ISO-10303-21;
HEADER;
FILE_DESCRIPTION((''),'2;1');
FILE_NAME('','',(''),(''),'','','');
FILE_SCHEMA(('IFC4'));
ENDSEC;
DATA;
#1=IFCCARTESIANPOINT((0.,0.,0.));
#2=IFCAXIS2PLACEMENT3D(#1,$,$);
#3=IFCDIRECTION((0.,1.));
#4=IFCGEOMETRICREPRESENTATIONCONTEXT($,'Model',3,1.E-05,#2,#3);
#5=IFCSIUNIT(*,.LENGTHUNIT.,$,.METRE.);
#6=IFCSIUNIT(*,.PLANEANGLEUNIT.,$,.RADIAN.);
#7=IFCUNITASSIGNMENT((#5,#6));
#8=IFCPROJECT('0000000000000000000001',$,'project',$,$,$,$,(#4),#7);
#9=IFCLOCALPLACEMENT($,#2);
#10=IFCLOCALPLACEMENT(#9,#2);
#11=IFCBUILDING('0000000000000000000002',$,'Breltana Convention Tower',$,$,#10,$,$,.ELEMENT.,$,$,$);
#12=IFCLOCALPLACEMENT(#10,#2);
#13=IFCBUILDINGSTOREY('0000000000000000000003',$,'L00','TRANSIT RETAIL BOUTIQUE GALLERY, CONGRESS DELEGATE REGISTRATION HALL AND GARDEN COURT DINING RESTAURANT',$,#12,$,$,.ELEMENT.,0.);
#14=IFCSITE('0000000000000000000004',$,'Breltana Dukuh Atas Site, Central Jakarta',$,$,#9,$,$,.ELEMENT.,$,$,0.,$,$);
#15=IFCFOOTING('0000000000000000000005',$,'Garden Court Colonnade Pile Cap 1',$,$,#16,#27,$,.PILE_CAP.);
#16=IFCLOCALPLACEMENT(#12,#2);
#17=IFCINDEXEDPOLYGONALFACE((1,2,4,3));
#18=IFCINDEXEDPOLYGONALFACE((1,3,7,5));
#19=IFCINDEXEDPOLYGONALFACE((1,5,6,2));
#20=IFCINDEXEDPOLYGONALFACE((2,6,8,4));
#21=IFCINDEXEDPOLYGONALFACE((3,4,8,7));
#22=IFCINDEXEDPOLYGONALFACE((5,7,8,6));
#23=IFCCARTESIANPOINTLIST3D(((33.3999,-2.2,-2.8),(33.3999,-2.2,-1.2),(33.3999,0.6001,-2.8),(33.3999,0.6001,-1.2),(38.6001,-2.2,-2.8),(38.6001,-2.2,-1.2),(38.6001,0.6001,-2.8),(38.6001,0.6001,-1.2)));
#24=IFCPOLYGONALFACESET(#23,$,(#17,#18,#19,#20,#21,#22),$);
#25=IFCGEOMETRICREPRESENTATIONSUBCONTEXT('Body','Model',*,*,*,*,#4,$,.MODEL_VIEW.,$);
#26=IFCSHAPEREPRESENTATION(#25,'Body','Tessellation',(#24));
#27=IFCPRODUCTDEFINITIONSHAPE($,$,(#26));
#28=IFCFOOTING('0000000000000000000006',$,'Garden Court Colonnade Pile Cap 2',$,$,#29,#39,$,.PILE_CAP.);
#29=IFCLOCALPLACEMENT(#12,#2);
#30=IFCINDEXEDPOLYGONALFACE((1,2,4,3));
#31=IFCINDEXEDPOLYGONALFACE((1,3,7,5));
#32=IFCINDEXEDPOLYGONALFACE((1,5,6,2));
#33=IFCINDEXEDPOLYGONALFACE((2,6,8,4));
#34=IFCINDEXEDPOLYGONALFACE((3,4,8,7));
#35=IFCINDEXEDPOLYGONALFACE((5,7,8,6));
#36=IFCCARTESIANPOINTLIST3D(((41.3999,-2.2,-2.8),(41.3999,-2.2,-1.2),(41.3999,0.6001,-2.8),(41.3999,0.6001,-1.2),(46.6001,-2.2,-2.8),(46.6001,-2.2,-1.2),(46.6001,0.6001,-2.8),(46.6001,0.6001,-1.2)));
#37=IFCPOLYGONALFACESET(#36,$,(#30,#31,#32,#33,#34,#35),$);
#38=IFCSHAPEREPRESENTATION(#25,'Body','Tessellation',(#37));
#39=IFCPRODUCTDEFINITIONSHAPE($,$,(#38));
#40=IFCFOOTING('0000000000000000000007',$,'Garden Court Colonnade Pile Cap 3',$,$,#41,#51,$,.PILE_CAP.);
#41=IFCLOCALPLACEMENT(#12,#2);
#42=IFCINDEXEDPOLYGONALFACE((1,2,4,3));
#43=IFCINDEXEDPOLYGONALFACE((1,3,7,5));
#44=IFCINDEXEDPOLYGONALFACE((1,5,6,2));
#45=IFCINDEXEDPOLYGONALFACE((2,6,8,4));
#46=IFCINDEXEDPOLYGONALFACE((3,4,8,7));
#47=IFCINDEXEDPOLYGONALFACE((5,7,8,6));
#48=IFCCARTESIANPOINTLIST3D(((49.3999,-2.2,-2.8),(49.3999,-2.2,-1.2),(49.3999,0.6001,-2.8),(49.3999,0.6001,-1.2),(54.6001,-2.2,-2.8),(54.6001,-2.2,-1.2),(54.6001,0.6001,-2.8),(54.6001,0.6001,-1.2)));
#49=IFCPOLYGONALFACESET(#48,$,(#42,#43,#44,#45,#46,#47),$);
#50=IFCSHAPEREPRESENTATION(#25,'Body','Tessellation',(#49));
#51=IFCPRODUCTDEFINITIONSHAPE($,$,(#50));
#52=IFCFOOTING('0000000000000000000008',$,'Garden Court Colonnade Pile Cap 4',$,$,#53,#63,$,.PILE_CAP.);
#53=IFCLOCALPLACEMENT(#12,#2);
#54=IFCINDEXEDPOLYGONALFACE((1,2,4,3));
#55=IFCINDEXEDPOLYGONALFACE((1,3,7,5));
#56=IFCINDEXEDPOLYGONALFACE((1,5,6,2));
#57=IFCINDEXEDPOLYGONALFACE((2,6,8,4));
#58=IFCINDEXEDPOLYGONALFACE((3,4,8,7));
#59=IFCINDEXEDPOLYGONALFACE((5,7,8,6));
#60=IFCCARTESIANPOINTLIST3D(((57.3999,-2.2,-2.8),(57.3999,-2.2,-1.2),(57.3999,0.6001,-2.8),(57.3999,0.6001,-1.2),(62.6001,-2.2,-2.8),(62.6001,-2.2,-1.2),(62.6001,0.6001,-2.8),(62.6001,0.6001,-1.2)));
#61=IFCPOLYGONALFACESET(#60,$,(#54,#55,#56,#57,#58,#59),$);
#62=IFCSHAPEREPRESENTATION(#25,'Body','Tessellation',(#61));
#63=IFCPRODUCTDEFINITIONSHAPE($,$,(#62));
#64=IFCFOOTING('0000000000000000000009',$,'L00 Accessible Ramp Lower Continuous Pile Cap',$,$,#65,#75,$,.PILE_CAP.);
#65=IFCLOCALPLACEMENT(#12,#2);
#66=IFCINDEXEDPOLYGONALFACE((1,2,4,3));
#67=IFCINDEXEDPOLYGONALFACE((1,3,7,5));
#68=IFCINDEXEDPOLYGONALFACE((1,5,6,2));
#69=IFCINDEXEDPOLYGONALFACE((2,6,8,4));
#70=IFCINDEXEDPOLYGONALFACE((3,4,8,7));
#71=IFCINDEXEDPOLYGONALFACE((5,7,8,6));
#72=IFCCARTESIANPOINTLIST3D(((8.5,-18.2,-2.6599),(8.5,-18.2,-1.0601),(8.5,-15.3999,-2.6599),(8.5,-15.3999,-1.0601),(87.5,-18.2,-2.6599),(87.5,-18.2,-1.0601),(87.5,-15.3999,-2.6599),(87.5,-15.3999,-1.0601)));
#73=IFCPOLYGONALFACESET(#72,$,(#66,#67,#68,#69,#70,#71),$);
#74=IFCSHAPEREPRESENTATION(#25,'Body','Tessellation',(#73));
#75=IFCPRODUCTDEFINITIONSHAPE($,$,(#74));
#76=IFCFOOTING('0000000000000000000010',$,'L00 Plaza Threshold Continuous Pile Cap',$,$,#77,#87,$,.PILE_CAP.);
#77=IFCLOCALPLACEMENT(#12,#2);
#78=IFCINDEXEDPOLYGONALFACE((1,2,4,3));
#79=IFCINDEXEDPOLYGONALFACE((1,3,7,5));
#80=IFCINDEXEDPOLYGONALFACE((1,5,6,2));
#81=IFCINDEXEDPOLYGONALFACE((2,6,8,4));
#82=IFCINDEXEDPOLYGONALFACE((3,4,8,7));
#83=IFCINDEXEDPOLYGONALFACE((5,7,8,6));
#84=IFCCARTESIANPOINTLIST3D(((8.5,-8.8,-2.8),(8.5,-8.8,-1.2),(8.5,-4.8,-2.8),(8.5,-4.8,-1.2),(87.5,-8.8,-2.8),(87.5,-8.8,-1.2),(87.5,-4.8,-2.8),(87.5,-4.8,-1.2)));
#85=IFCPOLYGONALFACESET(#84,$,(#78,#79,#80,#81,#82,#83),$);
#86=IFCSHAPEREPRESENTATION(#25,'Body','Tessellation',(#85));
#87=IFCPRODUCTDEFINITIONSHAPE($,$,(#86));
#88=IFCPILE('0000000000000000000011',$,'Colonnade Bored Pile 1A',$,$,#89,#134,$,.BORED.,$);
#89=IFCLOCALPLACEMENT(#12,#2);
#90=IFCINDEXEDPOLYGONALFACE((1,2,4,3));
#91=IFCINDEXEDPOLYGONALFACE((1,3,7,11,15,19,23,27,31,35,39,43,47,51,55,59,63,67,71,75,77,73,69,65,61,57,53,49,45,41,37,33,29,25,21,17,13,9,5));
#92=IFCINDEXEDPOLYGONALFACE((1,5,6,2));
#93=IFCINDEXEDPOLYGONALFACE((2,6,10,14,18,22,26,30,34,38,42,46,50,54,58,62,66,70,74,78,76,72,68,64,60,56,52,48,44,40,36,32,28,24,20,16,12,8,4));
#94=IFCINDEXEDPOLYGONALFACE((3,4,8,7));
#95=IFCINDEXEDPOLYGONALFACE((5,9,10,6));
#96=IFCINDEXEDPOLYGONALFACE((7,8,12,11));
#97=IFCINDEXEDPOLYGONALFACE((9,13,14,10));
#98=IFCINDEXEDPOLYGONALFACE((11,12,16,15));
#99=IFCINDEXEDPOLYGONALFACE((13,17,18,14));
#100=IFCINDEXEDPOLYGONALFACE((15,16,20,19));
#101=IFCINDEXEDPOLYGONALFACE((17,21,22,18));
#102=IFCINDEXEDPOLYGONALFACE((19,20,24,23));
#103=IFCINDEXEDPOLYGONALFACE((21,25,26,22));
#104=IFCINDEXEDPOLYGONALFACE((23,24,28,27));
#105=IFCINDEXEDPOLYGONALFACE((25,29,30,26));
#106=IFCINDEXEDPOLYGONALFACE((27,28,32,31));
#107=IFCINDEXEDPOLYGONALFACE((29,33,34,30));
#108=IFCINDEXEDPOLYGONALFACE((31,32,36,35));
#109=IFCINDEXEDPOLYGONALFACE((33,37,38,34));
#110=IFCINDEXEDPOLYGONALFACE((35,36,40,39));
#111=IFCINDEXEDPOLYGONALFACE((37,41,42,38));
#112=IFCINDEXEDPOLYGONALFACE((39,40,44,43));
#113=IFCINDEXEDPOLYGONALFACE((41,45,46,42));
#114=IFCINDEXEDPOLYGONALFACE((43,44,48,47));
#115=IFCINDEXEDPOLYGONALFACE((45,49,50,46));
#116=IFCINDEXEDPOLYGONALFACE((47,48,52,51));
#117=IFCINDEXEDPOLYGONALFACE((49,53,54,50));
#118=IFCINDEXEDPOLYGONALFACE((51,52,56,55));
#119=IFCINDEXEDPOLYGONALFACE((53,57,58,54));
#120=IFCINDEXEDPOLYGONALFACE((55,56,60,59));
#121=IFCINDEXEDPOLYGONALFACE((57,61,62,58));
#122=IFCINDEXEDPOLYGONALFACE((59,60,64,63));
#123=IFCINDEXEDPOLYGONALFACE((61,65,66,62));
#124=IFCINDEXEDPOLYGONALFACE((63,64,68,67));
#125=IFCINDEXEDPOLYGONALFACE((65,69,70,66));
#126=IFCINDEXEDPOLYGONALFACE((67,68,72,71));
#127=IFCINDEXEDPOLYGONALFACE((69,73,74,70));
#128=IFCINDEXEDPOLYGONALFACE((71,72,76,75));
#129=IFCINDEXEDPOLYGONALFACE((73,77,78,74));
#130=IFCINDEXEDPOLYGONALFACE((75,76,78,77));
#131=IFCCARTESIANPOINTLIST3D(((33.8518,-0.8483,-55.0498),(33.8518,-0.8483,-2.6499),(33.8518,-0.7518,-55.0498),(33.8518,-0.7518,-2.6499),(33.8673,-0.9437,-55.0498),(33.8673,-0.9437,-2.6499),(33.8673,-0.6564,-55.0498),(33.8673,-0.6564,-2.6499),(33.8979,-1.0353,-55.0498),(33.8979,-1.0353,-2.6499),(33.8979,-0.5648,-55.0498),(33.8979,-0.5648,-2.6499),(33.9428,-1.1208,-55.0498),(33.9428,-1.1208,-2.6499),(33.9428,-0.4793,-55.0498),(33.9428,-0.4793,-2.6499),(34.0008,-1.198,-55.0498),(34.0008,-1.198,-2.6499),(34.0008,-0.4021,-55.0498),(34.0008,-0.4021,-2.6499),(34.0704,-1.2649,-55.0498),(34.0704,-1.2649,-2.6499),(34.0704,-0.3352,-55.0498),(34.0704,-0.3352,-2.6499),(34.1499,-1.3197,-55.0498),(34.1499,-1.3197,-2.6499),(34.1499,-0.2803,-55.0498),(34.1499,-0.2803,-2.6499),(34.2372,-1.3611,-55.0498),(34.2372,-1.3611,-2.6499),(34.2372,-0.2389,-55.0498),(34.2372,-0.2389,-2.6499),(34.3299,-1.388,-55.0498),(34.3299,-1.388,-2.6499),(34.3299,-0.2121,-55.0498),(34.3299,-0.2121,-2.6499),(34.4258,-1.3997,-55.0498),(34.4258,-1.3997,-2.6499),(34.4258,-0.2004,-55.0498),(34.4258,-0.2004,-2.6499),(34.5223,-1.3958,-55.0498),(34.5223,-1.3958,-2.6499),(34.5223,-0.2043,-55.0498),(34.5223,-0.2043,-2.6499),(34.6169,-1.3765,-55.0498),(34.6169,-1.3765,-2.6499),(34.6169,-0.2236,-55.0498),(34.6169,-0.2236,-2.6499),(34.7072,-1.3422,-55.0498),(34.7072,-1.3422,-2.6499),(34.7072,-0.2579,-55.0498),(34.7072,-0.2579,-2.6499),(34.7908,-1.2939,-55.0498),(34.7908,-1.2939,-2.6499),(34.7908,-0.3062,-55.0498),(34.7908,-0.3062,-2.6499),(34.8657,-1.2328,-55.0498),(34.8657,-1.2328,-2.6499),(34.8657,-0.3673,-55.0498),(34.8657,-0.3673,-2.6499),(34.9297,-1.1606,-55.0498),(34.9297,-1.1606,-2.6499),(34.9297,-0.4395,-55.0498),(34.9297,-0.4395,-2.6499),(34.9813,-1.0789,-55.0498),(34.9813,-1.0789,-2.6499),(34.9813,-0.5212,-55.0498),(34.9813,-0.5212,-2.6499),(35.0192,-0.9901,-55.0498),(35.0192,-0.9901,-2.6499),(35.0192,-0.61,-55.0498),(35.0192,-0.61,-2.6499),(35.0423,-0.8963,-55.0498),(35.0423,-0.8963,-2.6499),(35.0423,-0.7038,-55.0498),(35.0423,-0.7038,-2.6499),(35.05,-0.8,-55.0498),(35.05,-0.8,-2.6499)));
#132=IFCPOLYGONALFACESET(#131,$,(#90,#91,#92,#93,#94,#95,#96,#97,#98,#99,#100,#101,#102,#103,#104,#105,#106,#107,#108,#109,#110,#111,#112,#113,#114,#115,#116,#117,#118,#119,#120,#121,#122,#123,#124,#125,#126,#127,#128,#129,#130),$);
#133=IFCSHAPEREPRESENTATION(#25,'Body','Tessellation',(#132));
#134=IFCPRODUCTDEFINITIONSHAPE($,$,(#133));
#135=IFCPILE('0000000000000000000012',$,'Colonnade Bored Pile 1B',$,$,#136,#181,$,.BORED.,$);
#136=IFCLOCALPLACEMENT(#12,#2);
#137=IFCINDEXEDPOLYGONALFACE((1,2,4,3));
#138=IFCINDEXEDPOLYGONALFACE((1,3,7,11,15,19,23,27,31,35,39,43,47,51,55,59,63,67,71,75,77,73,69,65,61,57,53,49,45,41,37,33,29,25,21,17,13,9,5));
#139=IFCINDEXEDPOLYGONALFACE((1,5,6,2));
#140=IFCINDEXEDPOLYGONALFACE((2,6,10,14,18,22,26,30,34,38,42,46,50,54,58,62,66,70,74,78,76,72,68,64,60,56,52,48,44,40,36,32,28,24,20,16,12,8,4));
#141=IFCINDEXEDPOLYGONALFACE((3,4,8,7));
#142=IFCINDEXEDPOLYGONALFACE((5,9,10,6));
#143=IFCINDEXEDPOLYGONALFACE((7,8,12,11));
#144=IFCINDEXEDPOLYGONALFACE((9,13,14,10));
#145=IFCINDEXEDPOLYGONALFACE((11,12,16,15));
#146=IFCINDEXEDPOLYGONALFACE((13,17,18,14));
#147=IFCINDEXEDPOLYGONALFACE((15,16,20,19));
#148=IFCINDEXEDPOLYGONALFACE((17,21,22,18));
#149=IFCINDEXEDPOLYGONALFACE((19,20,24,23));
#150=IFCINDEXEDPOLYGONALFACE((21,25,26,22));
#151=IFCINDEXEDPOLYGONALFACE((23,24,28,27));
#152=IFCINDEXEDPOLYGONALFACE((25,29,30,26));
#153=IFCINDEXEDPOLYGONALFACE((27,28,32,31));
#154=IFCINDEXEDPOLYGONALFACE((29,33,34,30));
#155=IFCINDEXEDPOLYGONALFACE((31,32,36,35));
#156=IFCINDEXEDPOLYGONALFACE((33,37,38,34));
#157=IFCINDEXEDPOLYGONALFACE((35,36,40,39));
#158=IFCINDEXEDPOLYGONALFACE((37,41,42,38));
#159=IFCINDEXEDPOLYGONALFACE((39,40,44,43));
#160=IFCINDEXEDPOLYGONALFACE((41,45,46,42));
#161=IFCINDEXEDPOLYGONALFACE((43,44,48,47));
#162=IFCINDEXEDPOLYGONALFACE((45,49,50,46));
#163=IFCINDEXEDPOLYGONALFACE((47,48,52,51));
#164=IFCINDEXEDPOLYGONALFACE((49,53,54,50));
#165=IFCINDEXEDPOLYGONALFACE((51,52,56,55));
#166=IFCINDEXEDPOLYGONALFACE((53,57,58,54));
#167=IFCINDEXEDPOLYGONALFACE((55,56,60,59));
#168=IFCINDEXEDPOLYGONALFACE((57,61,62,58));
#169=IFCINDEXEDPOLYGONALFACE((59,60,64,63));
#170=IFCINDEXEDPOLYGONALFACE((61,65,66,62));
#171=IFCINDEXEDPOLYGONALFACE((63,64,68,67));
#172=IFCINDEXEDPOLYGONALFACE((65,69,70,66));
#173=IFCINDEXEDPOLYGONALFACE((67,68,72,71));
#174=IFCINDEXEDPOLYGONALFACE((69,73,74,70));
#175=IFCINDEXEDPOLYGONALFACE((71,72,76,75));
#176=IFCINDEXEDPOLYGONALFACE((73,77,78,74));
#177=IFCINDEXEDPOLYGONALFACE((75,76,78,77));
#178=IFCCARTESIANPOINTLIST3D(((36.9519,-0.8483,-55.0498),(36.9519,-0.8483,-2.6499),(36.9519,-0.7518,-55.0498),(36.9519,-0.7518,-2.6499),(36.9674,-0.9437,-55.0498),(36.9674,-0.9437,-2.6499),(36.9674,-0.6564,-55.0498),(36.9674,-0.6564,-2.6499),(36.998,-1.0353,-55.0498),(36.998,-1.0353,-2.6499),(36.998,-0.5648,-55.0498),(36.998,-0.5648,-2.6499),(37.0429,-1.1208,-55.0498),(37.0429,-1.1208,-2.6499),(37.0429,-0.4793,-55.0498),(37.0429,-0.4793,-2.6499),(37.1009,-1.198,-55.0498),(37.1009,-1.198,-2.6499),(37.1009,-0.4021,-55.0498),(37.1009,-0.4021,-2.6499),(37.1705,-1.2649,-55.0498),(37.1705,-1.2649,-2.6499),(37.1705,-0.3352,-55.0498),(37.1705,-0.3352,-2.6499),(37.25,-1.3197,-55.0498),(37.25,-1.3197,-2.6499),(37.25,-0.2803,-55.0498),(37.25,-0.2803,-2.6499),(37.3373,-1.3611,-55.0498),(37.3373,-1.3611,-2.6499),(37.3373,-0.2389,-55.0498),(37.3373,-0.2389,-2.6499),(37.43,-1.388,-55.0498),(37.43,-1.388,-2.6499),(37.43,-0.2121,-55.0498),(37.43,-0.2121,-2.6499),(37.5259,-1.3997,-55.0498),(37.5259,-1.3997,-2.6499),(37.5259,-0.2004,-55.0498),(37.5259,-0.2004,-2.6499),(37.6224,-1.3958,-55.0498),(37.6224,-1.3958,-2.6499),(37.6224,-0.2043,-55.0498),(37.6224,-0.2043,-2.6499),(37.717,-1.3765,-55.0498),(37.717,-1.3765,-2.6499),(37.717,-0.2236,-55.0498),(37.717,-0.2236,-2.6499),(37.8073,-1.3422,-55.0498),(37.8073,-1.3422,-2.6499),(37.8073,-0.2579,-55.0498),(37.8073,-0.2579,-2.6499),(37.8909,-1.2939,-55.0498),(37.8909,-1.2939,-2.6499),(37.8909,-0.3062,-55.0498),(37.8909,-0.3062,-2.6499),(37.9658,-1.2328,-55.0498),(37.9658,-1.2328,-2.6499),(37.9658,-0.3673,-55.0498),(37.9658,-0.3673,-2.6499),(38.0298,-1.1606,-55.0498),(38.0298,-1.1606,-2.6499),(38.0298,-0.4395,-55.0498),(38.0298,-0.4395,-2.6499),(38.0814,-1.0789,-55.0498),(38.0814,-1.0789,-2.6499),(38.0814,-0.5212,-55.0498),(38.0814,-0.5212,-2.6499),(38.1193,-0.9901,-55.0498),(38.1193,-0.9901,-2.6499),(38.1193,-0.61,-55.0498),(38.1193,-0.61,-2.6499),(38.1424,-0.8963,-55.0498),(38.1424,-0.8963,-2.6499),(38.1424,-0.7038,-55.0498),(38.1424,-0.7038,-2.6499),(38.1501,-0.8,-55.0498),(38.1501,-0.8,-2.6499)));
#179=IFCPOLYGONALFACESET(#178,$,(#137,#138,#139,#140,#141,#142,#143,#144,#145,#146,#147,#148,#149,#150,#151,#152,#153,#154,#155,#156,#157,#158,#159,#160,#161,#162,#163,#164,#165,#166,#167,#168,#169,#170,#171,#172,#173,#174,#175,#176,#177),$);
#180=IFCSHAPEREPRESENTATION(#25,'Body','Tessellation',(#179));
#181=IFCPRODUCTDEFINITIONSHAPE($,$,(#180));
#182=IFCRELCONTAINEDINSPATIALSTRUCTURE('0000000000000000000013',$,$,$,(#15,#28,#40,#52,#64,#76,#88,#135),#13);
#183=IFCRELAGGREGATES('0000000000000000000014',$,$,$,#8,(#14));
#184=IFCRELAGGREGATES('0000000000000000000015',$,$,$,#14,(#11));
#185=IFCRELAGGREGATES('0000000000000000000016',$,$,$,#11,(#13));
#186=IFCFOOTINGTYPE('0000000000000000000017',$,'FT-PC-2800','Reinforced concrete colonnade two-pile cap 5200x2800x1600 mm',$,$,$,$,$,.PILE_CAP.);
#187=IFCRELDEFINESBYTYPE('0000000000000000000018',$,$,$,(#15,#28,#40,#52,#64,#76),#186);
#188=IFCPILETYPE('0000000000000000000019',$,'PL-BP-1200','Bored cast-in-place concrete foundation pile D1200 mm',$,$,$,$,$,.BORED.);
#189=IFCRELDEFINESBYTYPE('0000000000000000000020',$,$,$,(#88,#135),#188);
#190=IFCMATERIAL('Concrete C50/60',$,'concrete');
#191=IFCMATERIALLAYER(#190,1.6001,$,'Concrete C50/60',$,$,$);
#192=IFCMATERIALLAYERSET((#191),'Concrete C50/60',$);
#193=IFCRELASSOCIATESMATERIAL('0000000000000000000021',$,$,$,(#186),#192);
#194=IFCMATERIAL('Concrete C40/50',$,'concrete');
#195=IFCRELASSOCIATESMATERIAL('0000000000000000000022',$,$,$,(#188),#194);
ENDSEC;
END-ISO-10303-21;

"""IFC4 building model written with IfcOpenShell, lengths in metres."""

from ifc_helpers import new_model, si_unit, direction, frame, origin, origin_2d, place, context, subcontext, project, spatial, polyline, circle, outline, extrude, source, transform, mapped, material, layer, layer_set, material_profile, profile_set, type_object, element, save


model = new_model("IFC4")

# Units and contexts
model_context = context("Model", 3, precision=1e-05, world=origin(), true_north=direction((0.0, 1.0)))
body_context = subcontext(model_context, "Body", "Model", "MODEL_VIEW")
ifc_project = project(units=[si_unit("LENGTHUNIT", "METRE"), si_unit("PLANEANGLEUNIT", "RADIAN")], contexts=[model_context])

# Site, building, storey
site_placement = place(None, origin())
site = spatial("IfcSite", under=ifc_project, at=site_placement, Name="Breltana Dukuh Atas Site, Central Jakarta", CompositionType="ELEMENT", RefElevation=0.0)
building_placement = place(site_placement, origin())
building = spatial("IfcBuilding", under=site, at=building_placement, Name="Breltana Convention Tower", CompositionType="ELEMENT")
storey_placement = place(building_placement, origin())
storey = spatial("IfcBuildingStorey", under=building, at=storey_placement, Name="L00", Description="TRANSIT RETAIL BOUTIQUE GALLERY, CONGRESS DELEGATE REGISTRATION HALL AND GARDEN COURT DINING RESTAURANT", CompositionType="ELEMENT", Elevation=0.0)

# Footings
ifc_material_1 = material(Name="Concrete C50/60", Category="concrete")
ifc_layer_1 = layer(ifc_material_1, 1.6001, Name="Concrete C50/60")
ifc_layer_set_1 = layer_set([ifc_layer_1], Name="Concrete C50/60")
footing_type_1 = type_object("IfcFootingType", Name="FT-PC-2800", Description="Reinforced concrete colonnade two-pile cap 5200x2800x1600 mm", PredefinedType="PILE_CAP", material=ifc_layer_set_1)
footing_1_placement = place(storey_placement, frame((0.0, 0.0, -2.8)))
element("IfcFooting", 1, at=footing_1_placement, inside=storey, type_object=footing_type_1, Name="Garden Court Colonnade Pile Cap 1", PredefinedType="PILE_CAP", context=body_context, shape_type="SweptSolid", body=[
    extrude(outline(polyline([(33.3999, -2.2), (38.6001, -2.2), (38.6001, 0.6001), (33.3999, 0.6001), (33.3999, -2.2)])), origin(), (0.0, 0.0, 1.0), 1.6001),
])
footing_2_placement = place(storey_placement, frame((0.0, 0.0, -2.8)))
element("IfcFooting", 2, at=footing_2_placement, inside=storey, type_object=footing_type_1, Name="Garden Court Colonnade Pile Cap 2", PredefinedType="PILE_CAP", context=body_context, shape_type="SweptSolid", body=[
    extrude(outline(polyline([(41.3999, -2.2), (46.6001, -2.2), (46.6001, 0.6001), (41.3999, 0.6001), (41.3999, -2.2)])), origin(), (0.0, 0.0, 1.0), 1.6001),
])
footing_3_placement = place(storey_placement, frame((0.0, 0.0, -2.8)))
element("IfcFooting", 3, at=footing_3_placement, inside=storey, type_object=footing_type_1, Name="Garden Court Colonnade Pile Cap 3", PredefinedType="PILE_CAP", context=body_context, shape_type="SweptSolid", body=[
    extrude(outline(polyline([(49.3999, -2.2), (54.6001, -2.2), (54.6001, 0.6001), (49.3999, 0.6001), (49.3999, -2.2)])), origin(), (0.0, 0.0, 1.0), 1.6001),
])
footing_4_placement = place(storey_placement, frame((0.0, 0.0, -2.8)))
element("IfcFooting", 4, at=footing_4_placement, inside=storey, type_object=footing_type_1, Name="Garden Court Colonnade Pile Cap 4", PredefinedType="PILE_CAP", context=body_context, shape_type="SweptSolid", body=[
    extrude(outline(polyline([(57.3999, -2.2), (62.6001, -2.2), (62.6001, 0.6001), (57.3999, 0.6001), (57.3999, -2.2)])), origin(), (0.0, 0.0, 1.0), 1.6001),
])
footing_5_placement = place(storey_placement, frame((0.0, 0.0, -2.6599)))
element("IfcFooting", 5, at=footing_5_placement, inside=storey, type_object=footing_type_1, Name="L00 Accessible Ramp Lower Continuous Pile Cap", PredefinedType="PILE_CAP", context=body_context, shape_type="SweptSolid", body=[
    extrude(outline(polyline([(8.5, -18.2), (87.5, -18.2), (87.5, -15.3999), (8.5, -15.3999), (8.5, -18.2)])), origin(), (0.0, 0.0, 1.0), 1.5999),
])
footing_6_placement = place(storey_placement, frame((0.0, 0.0, -2.8)))
element("IfcFooting", 6, at=footing_6_placement, inside=storey, type_object=footing_type_1, Name="L00 Plaza Threshold Continuous Pile Cap", PredefinedType="PILE_CAP", context=body_context, shape_type="SweptSolid", body=[
    extrude(outline(polyline([(8.5, -8.8), (87.5, -8.8), (87.5, -4.8), (8.5, -4.8), (8.5, -8.8)])), origin(), (0.0, 0.0, 1.0), 1.6001),
])

# Piles
ifc_material_2 = material(Name="Concrete C40/50", Category="concrete")
ifc_material_profile_1 = material_profile(ifc_material_2, circle(Radius=0.6001, at=origin_2d()), Name="BP-D1200")
ifc_profile_set_1 = profile_set([ifc_material_profile_1], Name="Concrete C40/50")
pile_type = type_object("IfcPileType", Name="PL-BP-1200", Description="Bored cast-in-place concrete foundation pile D1200 mm", PredefinedType="BORED", material=ifc_profile_set_1)
shared_shape_1 = source(origin(), body_context, "Body", "SweptSolid", [
    extrude(circle(Radius=0.6001, at=origin_2d()), origin(), (0.0, 0.0, 1.0), 52.3999),
])
for number, where, z_axis, x_axis, name in (
    (7, (34.45, -0.8, -2.6499), (0.0, 0.0, -1.0), (1.0, 0.0, 0.0), "Colonnade Bored Pile 1A"),
    (8, (37.55, -0.8, -2.6499), (0.0, 0.0, -1.0), (1.0, 0.0, 0.0), "Colonnade Bored Pile 1B"),
):
    element("IfcPile", number, at=place(storey_placement, frame(where, z_axis=z_axis, x_axis=x_axis)), inside=storey, type_object=pile_type, Name=name, PredefinedType="BORED", context=body_context, shape_type="MappedRepresentation", body=[
        mapped(shared_shape_1, transform((0.0, 0.0, 0.0), scale=1.0)),
    ])

save(model, "model.ifc")
